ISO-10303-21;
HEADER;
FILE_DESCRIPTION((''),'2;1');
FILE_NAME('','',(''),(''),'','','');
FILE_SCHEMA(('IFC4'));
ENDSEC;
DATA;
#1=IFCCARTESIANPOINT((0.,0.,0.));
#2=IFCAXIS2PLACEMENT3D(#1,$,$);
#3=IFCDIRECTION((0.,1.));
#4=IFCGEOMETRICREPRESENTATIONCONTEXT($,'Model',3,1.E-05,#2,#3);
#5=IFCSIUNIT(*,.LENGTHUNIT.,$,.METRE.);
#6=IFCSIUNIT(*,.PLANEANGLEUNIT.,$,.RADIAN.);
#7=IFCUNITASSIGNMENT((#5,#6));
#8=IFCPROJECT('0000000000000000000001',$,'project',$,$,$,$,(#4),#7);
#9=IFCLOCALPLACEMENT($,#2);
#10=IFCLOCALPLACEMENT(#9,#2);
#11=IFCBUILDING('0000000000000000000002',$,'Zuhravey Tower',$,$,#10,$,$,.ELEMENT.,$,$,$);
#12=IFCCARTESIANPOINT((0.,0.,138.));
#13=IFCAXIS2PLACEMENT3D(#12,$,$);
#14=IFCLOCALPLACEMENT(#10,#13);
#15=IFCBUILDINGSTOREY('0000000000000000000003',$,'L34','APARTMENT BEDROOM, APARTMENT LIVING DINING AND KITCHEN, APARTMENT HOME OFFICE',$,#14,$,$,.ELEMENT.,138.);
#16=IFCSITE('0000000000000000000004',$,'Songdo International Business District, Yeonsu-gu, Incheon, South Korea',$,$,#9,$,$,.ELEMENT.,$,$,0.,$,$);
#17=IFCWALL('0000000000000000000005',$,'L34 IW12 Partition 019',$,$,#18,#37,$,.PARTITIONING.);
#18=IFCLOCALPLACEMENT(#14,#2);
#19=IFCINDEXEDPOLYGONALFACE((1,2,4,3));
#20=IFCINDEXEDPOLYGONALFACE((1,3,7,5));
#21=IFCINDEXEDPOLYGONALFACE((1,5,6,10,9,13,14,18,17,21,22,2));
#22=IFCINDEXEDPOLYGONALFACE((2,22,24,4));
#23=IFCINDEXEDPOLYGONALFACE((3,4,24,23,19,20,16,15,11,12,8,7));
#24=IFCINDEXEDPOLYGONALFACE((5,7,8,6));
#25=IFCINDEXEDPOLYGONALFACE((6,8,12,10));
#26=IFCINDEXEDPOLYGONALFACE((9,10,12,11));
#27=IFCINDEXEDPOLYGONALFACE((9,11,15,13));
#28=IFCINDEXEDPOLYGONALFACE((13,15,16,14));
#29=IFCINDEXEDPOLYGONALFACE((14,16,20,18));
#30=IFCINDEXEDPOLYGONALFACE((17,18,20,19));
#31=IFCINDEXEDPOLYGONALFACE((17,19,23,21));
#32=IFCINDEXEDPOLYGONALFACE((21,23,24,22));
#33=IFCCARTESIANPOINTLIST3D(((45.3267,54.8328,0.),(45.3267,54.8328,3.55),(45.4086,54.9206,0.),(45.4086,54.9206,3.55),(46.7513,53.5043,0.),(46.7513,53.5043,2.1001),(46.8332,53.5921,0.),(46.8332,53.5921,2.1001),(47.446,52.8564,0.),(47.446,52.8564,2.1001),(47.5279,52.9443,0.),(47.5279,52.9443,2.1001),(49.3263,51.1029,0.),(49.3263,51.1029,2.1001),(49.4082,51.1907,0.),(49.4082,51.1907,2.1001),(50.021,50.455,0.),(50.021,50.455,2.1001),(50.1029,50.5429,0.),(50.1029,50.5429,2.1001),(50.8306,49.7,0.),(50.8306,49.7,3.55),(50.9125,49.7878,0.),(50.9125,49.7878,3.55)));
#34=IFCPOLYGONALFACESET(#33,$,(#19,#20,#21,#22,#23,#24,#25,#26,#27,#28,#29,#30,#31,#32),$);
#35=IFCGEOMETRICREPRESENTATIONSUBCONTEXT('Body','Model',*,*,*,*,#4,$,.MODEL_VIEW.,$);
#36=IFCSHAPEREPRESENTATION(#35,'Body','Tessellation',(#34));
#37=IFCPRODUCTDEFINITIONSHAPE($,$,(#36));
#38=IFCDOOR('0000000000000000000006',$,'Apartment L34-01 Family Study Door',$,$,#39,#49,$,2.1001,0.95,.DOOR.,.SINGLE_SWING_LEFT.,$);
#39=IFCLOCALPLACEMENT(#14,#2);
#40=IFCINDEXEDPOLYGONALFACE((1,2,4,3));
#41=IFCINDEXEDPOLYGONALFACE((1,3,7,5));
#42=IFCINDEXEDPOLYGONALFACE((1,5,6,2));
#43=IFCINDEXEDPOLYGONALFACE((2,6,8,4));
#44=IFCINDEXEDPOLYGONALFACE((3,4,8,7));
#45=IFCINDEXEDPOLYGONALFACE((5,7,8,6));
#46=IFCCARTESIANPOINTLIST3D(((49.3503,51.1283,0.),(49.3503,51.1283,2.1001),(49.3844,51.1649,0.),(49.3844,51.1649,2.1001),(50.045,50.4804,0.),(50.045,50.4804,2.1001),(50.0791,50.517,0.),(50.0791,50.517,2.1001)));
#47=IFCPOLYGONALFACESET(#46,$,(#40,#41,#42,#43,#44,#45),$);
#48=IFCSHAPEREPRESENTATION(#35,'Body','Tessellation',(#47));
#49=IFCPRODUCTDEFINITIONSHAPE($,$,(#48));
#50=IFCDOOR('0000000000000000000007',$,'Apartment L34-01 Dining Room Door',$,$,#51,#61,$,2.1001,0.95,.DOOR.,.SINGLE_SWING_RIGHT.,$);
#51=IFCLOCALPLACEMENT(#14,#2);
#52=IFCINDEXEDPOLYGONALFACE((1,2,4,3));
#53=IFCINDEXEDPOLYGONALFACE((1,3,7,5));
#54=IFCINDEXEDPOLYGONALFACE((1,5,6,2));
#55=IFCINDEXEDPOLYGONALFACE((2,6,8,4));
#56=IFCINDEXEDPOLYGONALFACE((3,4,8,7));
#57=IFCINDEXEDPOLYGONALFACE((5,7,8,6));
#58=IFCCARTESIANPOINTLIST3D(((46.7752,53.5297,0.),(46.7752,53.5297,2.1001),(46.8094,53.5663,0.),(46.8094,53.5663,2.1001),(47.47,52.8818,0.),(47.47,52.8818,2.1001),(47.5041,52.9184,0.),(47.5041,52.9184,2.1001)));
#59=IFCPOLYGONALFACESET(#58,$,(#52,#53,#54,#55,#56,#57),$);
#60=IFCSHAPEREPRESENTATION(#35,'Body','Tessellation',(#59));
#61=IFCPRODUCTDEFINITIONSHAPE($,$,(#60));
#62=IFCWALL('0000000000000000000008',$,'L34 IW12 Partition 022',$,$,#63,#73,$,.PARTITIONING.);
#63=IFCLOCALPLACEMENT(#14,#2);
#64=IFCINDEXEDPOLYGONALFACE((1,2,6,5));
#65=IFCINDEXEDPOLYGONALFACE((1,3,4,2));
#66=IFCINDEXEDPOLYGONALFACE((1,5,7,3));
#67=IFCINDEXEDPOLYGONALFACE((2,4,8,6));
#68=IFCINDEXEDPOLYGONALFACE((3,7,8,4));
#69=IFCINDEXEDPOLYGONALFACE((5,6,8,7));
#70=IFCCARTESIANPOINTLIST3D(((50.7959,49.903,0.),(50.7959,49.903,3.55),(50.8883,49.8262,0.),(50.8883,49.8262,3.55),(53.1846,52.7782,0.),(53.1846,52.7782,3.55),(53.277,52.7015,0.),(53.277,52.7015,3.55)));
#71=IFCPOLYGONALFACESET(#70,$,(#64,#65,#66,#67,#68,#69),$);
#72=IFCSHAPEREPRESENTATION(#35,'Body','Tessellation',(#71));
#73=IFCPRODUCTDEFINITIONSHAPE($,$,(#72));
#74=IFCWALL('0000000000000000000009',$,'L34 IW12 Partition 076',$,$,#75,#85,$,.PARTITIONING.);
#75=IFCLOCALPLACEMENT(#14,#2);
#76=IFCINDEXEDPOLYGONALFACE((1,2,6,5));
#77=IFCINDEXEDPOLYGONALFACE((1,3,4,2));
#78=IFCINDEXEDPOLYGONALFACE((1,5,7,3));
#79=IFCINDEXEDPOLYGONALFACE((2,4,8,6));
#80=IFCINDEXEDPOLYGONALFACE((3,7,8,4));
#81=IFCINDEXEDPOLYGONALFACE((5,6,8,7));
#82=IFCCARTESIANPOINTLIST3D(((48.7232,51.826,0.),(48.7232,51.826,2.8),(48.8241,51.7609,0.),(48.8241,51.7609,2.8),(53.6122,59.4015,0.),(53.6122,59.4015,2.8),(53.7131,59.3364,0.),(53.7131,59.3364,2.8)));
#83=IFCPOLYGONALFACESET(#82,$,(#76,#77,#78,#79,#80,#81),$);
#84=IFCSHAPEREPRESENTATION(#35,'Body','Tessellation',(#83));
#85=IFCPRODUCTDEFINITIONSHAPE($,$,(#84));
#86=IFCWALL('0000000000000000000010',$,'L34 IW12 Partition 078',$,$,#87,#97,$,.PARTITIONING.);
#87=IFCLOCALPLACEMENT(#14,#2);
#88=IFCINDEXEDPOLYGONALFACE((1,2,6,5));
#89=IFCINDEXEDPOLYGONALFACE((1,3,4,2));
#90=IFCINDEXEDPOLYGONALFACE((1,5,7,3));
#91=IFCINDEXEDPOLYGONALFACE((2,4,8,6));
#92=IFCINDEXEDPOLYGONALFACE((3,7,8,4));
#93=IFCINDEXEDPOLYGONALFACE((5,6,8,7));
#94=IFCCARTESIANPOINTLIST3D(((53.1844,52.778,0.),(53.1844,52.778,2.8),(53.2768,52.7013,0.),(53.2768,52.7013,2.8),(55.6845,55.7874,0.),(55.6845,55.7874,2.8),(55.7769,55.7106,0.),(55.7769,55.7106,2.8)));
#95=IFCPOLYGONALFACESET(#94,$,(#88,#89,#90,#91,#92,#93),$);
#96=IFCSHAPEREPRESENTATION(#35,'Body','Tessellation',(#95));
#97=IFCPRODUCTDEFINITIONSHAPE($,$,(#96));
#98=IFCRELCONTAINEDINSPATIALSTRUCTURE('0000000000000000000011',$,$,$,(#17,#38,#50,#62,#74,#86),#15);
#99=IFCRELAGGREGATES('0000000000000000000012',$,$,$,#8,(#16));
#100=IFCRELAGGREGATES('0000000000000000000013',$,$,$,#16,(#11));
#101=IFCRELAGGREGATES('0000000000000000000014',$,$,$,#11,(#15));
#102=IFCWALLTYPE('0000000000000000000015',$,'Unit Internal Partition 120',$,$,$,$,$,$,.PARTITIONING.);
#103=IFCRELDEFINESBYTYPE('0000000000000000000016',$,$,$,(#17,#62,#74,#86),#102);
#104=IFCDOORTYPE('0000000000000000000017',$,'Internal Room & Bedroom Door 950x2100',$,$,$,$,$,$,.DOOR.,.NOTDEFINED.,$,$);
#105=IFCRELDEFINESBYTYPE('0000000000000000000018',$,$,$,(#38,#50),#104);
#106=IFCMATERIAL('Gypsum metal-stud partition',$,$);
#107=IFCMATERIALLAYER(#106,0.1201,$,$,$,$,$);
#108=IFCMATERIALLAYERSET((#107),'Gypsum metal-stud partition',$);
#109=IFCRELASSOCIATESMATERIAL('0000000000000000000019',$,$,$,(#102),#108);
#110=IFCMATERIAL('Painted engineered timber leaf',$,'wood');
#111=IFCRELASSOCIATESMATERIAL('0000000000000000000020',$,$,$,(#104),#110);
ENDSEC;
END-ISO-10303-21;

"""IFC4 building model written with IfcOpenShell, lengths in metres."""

from ifc_helpers import new_model, si_unit, direction, frame, frame_2d, origin, place, context, subcontext, project, spatial, rectangle, extrude, material, layer, layer_set, type_object, element, fill, save


model = new_model("IFC4")

# Units and contexts
model_context = context("Model", 3, precision=1e-05, world=origin(), true_north=direction((0.0, 1.0)))
body_context = subcontext(model_context, "Body", "Model", "MODEL_VIEW")
ifc_project = project(units=[si_unit("LENGTHUNIT", "METRE"), si_unit("PLANEANGLEUNIT", "RADIAN")], contexts=[model_context])

# Site, building, storey
site_placement = place(None, origin())
site = spatial("IfcSite", under=ifc_project, at=site_placement, Name="Songdo International Business District, Yeonsu-gu, Incheon, South Korea", CompositionType="ELEMENT", RefElevation=0.0)
building_placement = place(site_placement, origin())
building = spatial("IfcBuilding", under=site, at=building_placement, Name="Zuhravey Tower", CompositionType="ELEMENT")
storey_placement = place(building_placement, frame((0.0, 0.0, 138.0)))
storey = spatial("IfcBuildingStorey", under=building, at=storey_placement, Name="L34", Description="APARTMENT BEDROOM, APARTMENT LIVING DINING AND KITCHEN, APARTMENT HOME OFFICE", CompositionType="ELEMENT", Elevation=138.0)

# Wall, openings, doors
ifc_material_1 = material(Name="Gypsum metal-stud partition")
ifc_layer_1 = layer(ifc_material_1, 0.1201)
ifc_layer_set_1 = layer_set([ifc_layer_1], Name="Gypsum metal-stud partition")
wall_type_1 = type_object("IfcWallType", Name="Unit Internal Partition 120", PredefinedType="PARTITIONING", material=ifc_layer_set_1)
wall_1_placement = place(storey_placement, frame((50.8716, 49.7439, 0.0), z_axis=(0.0, 0.0, 1.0), x_axis=(-0.731331, 0.682022, 0.0)))
wall_1 = element("IfcWall", 1, at=wall_1_placement, inside=storey, type_object=wall_type_1, Name="L34 IW12 Partition 019", PredefinedType="PARTITIONING", context=body_context, shape_type="SweptSolid", body=[
    extrude(rectangle(XDim=7.5259, YDim=0.1201, at=frame_2d((3.7629, 0.0))), origin(), (0.0, 0.0, 1.0), 3.55),
])
opening_1_placement = place(wall_1_placement, frame((1.1069, 0.0, 0.0)))
opening_1 = element("IfcOpeningElement", 2, at=opening_1_placement, cuts=wall_1, PredefinedType="OPENING", context=body_context, shape_type="SweptSolid", body=[
    extrude(rectangle(XDim=0.95, YDim=2.1001, at=frame_2d((0.4751, 1.05))), frame((0.0, 0.072, 0.0), z_axis=(0.0, -1.0, 0.0), x_axis=(1.0, 0.0, 0.0)), (0.0, 0.0, 1.0), 0.144),
])
opening_2_placement = place(wall_1_placement, frame((4.6279, 0.0, 0.0)))
opening_2 = element("IfcOpeningElement", 3, at=opening_2_placement, cuts=wall_1, PredefinedType="OPENING", context=body_context, shape_type="SweptSolid", body=[
    extrude(rectangle(XDim=0.95, YDim=2.1001, at=frame_2d((0.4751, 1.05))), frame((0.0, 0.072, 0.0), z_axis=(0.0, -1.0, 0.0), x_axis=(1.0, 0.0, 0.0)), (0.0, 0.0, 1.0), 0.144),
])
ifc_material_2 = material(Name="Painted engineered timber leaf", Category="wood")
door_type = type_object("IfcDoorType", Name="Internal Room & Bedroom Door 950x2100", OperationType="NOTDEFINED", PredefinedType="DOOR", material=ifc_material_2)
door_1_placement = place(opening_1_placement, frame((0.95, 0.0, 0.0), z_axis=(0.0, 0.0, 1.0), x_axis=(-1.0, 0.0, 0.0)))
door_1 = element("IfcDoor", 4, at=door_1_placement, inside=storey, type_object=door_type, Name="Apartment L34-01 Family Study Door", OperationType="SINGLE_SWING_LEFT", OverallHeight=2.1001, OverallWidth=0.95, PredefinedType="DOOR", context=body_context, shape_type="SweptSolid", body=[
    extrude(rectangle(XDim=0.95, YDim=2.1001, at=frame_2d((0.4751, 1.05))), frame((0.0, 0.0249, 0.0), z_axis=(0.0, -1.0, 0.0), x_axis=(1.0, 0.0, 0.0)), (0.0, 0.0, 1.0), 0.05),
])
fill(opening_1, door_1)
door_2_placement = place(opening_2_placement, frame((0.95, 0.0, 0.0), z_axis=(0.0, 0.0, 1.0), x_axis=(-1.0, 0.0, 0.0)))
door_2 = element("IfcDoor", 5, at=door_2_placement, inside=storey, type_object=door_type, Name="Apartment L34-01 Dining Room Door", OperationType="SINGLE_SWING_RIGHT", OverallHeight=2.1001, OverallWidth=0.95, PredefinedType="DOOR", context=body_context, shape_type="SweptSolid", body=[
    extrude(rectangle(XDim=0.95, YDim=2.1001, at=frame_2d((0.4751, 1.05))), frame((0.0, 0.0249, 0.0), z_axis=(0.0, -1.0, 0.0), x_axis=(1.0, 0.0, 0.0)), (0.0, 0.0, 1.0), 0.05),
])
fill(opening_2, door_2)

# Walls
wall_2_placement = place(storey_placement, frame((50.842, 49.8645, 0.0), z_axis=(0.0, 0.0, 1.0), x_axis=(0.639021, 0.769189, 0.0)))
element("IfcWall", 6, at=wall_2_placement, inside=storey, type_object=wall_type_1, Name="L34 IW12 Partition 022", PredefinedType="PARTITIONING", context=body_context, shape_type="SweptSolid", body=[
    extrude(rectangle(XDim=3.738, YDim=0.1201, at=frame_2d((1.8691, 0.0))), origin(), (0.0, 0.0, 1.0), 3.55),
])
wall_3_placement = place(storey_placement, frame((48.7737, 51.7935, 0.0), z_axis=(0.0, 0.0, 1.0), x_axis=(0.542247, 0.840219, 0.0)))
element("IfcWall", 7, at=wall_3_placement, inside=storey, type_object=wall_type_1, Name="L34 IW12 Partition 076", PredefinedType="PARTITIONING", context=body_context, shape_type="SweptSolid", body=[
    extrude(rectangle(XDim=9.0161, YDim=0.1201, at=frame_2d((4.5081, 0.0))), origin(), (0.0, 0.0, 1.0), 2.8),
])
wall_4_placement = place(storey_placement, frame((53.2307, 52.7397, 0.0), z_axis=(0.0, 0.0, 1.0), x_axis=(0.639017, 0.769192, 0.0)))
element("IfcWall", 8, at=wall_4_placement, inside=storey, type_object=wall_type_1, Name="L34 IW12 Partition 078", PredefinedType="PARTITIONING", context=body_context, shape_type="SweptSolid", body=[
    extrude(rectangle(XDim=3.9124, YDim=0.1201, at=frame_2d((1.9561, 0.0))), origin(), (0.0, 0.0, 1.0), 2.8),
])

save(model, "model.ifc")
